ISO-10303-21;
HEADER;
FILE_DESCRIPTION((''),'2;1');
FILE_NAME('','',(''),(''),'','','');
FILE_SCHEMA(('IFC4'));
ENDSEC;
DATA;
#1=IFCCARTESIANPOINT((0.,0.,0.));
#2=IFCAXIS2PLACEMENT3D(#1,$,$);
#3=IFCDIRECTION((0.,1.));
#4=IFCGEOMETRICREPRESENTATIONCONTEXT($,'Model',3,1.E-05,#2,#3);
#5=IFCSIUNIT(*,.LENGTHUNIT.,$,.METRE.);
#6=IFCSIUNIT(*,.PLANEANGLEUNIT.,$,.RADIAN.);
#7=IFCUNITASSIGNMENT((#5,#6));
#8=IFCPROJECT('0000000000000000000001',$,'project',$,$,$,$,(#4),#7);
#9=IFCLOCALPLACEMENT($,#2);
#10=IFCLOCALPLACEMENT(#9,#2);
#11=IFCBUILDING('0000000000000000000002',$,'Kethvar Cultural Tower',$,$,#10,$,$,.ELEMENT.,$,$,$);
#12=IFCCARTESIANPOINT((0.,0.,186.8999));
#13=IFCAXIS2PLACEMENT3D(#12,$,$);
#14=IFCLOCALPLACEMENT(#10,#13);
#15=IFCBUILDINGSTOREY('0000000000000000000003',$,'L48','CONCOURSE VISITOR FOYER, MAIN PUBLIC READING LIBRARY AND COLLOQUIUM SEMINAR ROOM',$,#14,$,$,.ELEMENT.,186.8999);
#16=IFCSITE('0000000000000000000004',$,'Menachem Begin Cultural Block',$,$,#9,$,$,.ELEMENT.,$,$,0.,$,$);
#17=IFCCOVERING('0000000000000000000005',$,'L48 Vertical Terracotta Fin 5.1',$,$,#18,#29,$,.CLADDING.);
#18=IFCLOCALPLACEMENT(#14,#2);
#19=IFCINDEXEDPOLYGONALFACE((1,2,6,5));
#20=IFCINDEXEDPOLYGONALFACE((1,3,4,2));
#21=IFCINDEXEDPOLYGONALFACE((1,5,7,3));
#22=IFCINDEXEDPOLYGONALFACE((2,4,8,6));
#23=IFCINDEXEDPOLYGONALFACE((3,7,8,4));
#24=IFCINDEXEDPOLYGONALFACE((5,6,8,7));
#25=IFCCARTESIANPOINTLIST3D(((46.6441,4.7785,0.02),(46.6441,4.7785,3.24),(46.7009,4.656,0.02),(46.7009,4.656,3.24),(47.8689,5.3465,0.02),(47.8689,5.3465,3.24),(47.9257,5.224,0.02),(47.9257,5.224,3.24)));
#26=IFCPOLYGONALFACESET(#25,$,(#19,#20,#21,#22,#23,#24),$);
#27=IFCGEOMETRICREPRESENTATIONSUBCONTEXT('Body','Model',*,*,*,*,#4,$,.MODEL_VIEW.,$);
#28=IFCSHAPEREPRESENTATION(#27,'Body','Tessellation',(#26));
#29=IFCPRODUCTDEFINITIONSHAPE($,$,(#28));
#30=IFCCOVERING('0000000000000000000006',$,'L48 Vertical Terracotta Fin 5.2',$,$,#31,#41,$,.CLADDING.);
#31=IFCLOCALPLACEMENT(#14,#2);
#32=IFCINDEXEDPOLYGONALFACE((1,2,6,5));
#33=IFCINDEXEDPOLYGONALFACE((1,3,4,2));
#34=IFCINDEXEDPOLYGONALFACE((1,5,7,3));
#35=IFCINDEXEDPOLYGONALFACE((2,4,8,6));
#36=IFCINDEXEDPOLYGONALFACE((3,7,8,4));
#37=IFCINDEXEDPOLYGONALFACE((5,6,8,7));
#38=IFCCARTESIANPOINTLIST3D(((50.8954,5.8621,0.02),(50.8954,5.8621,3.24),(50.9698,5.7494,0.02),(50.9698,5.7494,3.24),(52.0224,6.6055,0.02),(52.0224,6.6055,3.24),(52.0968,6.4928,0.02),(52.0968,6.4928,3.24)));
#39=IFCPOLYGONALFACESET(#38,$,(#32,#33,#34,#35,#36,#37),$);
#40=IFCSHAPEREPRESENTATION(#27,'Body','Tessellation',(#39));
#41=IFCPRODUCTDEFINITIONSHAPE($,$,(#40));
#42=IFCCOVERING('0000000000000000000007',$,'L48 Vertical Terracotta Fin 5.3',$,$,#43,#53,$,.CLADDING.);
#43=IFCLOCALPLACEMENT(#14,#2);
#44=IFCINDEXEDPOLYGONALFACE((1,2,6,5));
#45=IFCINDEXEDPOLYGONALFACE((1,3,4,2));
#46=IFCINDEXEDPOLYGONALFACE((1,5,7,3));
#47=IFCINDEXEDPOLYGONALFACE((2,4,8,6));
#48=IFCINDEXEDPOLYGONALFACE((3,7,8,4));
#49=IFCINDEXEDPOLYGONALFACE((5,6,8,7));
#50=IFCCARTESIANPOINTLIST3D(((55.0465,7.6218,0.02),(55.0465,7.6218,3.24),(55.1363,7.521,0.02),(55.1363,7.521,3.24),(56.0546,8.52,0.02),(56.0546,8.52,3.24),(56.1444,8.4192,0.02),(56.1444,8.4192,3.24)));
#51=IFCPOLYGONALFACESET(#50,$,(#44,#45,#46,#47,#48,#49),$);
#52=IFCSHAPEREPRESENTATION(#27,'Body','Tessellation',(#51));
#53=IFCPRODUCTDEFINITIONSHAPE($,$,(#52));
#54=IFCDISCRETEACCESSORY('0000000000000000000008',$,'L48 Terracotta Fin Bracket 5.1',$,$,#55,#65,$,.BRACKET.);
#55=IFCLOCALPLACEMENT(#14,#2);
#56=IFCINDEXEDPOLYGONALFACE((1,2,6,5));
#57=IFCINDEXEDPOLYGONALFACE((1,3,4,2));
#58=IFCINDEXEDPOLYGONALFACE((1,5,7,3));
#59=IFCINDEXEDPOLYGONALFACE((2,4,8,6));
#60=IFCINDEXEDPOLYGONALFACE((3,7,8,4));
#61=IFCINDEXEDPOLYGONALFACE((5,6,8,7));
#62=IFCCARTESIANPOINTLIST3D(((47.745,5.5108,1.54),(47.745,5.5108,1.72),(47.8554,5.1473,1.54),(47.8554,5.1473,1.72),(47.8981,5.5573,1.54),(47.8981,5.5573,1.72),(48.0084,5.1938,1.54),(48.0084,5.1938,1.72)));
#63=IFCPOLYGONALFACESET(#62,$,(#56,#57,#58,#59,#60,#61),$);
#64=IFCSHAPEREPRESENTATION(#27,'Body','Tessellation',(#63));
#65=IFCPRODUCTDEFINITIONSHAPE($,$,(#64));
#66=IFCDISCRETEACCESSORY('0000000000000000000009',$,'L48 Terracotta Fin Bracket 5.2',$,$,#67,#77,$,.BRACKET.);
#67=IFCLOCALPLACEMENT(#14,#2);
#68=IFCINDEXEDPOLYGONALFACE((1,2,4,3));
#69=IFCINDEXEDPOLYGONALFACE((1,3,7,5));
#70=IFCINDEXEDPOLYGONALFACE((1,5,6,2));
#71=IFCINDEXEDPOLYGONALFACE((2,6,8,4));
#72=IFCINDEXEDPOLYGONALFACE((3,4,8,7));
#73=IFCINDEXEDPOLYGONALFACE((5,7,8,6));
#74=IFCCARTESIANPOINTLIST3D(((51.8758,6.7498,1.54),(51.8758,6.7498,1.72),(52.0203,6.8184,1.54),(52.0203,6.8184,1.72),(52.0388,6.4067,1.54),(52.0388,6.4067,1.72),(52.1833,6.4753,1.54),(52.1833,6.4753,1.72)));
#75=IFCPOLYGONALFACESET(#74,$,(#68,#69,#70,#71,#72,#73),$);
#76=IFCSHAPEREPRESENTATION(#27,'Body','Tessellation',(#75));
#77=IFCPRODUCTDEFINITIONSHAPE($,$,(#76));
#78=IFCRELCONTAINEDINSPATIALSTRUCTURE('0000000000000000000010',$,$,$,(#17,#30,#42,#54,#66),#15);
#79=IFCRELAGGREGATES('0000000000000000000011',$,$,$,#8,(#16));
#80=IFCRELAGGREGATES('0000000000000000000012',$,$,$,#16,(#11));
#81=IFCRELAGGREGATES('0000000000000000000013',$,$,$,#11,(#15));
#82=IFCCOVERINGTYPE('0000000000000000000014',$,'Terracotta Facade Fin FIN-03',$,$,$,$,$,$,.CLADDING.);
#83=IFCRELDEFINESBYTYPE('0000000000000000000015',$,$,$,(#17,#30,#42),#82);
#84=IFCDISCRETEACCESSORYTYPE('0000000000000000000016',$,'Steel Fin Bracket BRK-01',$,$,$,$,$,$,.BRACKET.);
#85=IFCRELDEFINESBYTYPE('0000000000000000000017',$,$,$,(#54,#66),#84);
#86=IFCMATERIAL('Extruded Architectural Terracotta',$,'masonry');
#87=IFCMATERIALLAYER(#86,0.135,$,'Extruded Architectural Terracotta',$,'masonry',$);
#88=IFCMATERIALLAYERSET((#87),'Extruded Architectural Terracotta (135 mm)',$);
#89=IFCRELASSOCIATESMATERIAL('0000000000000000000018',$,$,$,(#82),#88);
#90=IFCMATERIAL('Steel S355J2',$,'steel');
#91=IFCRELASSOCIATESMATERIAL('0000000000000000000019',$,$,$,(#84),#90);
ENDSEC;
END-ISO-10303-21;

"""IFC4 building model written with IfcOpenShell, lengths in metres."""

from ifc_helpers import new_model, si_unit, direction, frame, origin, origin_2d, place, context, subcontext, project, spatial, rectangle, extrude, source, transform, mapped, material, layer, layer_set, type_object, element, save


model = new_model("IFC4")

# Units and contexts
model_context = context("Model", 3, precision=1e-05, world=origin(), true_north=direction((0.0, 1.0)))
body_context = subcontext(model_context, "Body", "Model", "MODEL_VIEW")
ifc_project = project(units=[si_unit("LENGTHUNIT", "METRE"), si_unit("PLANEANGLEUNIT", "RADIAN")], contexts=[model_context])

# Site, building, storey
site_placement = place(None, origin())
site = spatial("IfcSite", under=ifc_project, at=site_placement, Name="Menachem Begin Cultural Block", CompositionType="ELEMENT", RefElevation=0.0)
building_placement = place(site_placement, origin())
building = spatial("IfcBuilding", under=site, at=building_placement, Name="Kethvar Cultural Tower", CompositionType="ELEMENT")
storey_placement = place(building_placement, frame((0.0, 0.0, 186.8999)))
storey = spatial("IfcBuildingStorey", under=building, at=storey_placement, Name="L48", Description="CONCOURSE VISITOR FOYER, MAIN PUBLIC READING LIBRARY AND COLLOQUIUM SEMINAR ROOM", CompositionType="ELEMENT", Elevation=186.8999)

# Shared definitions
ifc_material_1 = material(Name="Steel S355J2", Category="steel")

# Coverings
ifc_material_2 = material(Name="Extruded Architectural Terracotta", Category="masonry")
ifc_layer_1 = layer(ifc_material_2, 0.135, Name="Extruded Architectural Terracotta", Category="masonry")
ifc_layer_set_1 = layer_set([ifc_layer_1], Name="Extruded Architectural Terracotta (135 mm)")
covering_type = type_object("IfcCoveringType", Name="Terracotta Facade Fin FIN-03", PredefinedType="CLADDING", material=ifc_layer_set_1)
shared_shape_1 = source(origin(), body_context, "Body", "SweptSolid", [
    extrude(rectangle(XDim=1.3501, YDim=0.135, at=origin_2d()), origin(), (0.0, 0.0, 1.0), 3.22),
])
for number, where, z_axis, x_axis, name in (
    (1, (47.2849, 5.0012, 0.02), (0.0, 0.0, 1.0), (-0.907191, -0.420719, 0.0), "L48 Vertical Terracotta Fin 5.1"),
    (2, (51.4961, 6.1775, 0.02), (0.0, 0.0, 1.0), (-0.834752, -0.550626, 0.0), "L48 Vertical Terracotta Fin 5.2"),
    (3, (55.5955, 8.0205, 0.02), (0.0, 0.0, 1.0), (-0.746638, -0.66523, 0.0), "L48 Vertical Terracotta Fin 5.3"),
):
    element("IfcCovering", number, at=place(storey_placement, frame(where, z_axis=z_axis, x_axis=x_axis)), inside=storey, type_object=covering_type, Name=name, PredefinedType="CLADDING", context=body_context, shape_type="MappedRepresentation", body=[
        mapped(shared_shape_1, transform((0.0, 0.0, 0.0), scale=1.0)),
    ])

# Discrete accessories
discrete_accessory_type = type_object("IfcDiscreteAccessoryType", Name="Steel Fin Bracket BRK-01", PredefinedType="BRACKET", material=ifc_material_1)
shared_shape_2 = source(origin(), body_context, "Body", "SweptSolid", [
    extrude(rectangle(XDim=0.3799, YDim=0.1599, at=origin_2d()), origin(), (0.0, 0.0, 1.0), 0.1799),
])
for number, where, z_axis, x_axis, name in (
    (4, (47.8767, 5.3523, 1.54), (0.0, 0.0, 1.0), (0.290368, -0.956915, 0.0), "L48 Terracotta Fin Bracket 5.1"),
    (5, (52.0295, 6.6125, 1.54), (0.0, 0.0, 1.0), (0.429093, -0.90326, 0.0), "L48 Terracotta Fin Bracket 5.2"),
):
    element("IfcDiscreteAccessory", number, at=place(storey_placement, frame(where, z_axis=z_axis, x_axis=x_axis)), inside=storey, type_object=discrete_accessory_type, Name=name, PredefinedType="BRACKET", context=body_context, shape_type="MappedRepresentation", body=[
        mapped(shared_shape_2, transform((0.0, 0.0, 0.0), scale=1.0)),
    ])

save(model, "model.ifc")
